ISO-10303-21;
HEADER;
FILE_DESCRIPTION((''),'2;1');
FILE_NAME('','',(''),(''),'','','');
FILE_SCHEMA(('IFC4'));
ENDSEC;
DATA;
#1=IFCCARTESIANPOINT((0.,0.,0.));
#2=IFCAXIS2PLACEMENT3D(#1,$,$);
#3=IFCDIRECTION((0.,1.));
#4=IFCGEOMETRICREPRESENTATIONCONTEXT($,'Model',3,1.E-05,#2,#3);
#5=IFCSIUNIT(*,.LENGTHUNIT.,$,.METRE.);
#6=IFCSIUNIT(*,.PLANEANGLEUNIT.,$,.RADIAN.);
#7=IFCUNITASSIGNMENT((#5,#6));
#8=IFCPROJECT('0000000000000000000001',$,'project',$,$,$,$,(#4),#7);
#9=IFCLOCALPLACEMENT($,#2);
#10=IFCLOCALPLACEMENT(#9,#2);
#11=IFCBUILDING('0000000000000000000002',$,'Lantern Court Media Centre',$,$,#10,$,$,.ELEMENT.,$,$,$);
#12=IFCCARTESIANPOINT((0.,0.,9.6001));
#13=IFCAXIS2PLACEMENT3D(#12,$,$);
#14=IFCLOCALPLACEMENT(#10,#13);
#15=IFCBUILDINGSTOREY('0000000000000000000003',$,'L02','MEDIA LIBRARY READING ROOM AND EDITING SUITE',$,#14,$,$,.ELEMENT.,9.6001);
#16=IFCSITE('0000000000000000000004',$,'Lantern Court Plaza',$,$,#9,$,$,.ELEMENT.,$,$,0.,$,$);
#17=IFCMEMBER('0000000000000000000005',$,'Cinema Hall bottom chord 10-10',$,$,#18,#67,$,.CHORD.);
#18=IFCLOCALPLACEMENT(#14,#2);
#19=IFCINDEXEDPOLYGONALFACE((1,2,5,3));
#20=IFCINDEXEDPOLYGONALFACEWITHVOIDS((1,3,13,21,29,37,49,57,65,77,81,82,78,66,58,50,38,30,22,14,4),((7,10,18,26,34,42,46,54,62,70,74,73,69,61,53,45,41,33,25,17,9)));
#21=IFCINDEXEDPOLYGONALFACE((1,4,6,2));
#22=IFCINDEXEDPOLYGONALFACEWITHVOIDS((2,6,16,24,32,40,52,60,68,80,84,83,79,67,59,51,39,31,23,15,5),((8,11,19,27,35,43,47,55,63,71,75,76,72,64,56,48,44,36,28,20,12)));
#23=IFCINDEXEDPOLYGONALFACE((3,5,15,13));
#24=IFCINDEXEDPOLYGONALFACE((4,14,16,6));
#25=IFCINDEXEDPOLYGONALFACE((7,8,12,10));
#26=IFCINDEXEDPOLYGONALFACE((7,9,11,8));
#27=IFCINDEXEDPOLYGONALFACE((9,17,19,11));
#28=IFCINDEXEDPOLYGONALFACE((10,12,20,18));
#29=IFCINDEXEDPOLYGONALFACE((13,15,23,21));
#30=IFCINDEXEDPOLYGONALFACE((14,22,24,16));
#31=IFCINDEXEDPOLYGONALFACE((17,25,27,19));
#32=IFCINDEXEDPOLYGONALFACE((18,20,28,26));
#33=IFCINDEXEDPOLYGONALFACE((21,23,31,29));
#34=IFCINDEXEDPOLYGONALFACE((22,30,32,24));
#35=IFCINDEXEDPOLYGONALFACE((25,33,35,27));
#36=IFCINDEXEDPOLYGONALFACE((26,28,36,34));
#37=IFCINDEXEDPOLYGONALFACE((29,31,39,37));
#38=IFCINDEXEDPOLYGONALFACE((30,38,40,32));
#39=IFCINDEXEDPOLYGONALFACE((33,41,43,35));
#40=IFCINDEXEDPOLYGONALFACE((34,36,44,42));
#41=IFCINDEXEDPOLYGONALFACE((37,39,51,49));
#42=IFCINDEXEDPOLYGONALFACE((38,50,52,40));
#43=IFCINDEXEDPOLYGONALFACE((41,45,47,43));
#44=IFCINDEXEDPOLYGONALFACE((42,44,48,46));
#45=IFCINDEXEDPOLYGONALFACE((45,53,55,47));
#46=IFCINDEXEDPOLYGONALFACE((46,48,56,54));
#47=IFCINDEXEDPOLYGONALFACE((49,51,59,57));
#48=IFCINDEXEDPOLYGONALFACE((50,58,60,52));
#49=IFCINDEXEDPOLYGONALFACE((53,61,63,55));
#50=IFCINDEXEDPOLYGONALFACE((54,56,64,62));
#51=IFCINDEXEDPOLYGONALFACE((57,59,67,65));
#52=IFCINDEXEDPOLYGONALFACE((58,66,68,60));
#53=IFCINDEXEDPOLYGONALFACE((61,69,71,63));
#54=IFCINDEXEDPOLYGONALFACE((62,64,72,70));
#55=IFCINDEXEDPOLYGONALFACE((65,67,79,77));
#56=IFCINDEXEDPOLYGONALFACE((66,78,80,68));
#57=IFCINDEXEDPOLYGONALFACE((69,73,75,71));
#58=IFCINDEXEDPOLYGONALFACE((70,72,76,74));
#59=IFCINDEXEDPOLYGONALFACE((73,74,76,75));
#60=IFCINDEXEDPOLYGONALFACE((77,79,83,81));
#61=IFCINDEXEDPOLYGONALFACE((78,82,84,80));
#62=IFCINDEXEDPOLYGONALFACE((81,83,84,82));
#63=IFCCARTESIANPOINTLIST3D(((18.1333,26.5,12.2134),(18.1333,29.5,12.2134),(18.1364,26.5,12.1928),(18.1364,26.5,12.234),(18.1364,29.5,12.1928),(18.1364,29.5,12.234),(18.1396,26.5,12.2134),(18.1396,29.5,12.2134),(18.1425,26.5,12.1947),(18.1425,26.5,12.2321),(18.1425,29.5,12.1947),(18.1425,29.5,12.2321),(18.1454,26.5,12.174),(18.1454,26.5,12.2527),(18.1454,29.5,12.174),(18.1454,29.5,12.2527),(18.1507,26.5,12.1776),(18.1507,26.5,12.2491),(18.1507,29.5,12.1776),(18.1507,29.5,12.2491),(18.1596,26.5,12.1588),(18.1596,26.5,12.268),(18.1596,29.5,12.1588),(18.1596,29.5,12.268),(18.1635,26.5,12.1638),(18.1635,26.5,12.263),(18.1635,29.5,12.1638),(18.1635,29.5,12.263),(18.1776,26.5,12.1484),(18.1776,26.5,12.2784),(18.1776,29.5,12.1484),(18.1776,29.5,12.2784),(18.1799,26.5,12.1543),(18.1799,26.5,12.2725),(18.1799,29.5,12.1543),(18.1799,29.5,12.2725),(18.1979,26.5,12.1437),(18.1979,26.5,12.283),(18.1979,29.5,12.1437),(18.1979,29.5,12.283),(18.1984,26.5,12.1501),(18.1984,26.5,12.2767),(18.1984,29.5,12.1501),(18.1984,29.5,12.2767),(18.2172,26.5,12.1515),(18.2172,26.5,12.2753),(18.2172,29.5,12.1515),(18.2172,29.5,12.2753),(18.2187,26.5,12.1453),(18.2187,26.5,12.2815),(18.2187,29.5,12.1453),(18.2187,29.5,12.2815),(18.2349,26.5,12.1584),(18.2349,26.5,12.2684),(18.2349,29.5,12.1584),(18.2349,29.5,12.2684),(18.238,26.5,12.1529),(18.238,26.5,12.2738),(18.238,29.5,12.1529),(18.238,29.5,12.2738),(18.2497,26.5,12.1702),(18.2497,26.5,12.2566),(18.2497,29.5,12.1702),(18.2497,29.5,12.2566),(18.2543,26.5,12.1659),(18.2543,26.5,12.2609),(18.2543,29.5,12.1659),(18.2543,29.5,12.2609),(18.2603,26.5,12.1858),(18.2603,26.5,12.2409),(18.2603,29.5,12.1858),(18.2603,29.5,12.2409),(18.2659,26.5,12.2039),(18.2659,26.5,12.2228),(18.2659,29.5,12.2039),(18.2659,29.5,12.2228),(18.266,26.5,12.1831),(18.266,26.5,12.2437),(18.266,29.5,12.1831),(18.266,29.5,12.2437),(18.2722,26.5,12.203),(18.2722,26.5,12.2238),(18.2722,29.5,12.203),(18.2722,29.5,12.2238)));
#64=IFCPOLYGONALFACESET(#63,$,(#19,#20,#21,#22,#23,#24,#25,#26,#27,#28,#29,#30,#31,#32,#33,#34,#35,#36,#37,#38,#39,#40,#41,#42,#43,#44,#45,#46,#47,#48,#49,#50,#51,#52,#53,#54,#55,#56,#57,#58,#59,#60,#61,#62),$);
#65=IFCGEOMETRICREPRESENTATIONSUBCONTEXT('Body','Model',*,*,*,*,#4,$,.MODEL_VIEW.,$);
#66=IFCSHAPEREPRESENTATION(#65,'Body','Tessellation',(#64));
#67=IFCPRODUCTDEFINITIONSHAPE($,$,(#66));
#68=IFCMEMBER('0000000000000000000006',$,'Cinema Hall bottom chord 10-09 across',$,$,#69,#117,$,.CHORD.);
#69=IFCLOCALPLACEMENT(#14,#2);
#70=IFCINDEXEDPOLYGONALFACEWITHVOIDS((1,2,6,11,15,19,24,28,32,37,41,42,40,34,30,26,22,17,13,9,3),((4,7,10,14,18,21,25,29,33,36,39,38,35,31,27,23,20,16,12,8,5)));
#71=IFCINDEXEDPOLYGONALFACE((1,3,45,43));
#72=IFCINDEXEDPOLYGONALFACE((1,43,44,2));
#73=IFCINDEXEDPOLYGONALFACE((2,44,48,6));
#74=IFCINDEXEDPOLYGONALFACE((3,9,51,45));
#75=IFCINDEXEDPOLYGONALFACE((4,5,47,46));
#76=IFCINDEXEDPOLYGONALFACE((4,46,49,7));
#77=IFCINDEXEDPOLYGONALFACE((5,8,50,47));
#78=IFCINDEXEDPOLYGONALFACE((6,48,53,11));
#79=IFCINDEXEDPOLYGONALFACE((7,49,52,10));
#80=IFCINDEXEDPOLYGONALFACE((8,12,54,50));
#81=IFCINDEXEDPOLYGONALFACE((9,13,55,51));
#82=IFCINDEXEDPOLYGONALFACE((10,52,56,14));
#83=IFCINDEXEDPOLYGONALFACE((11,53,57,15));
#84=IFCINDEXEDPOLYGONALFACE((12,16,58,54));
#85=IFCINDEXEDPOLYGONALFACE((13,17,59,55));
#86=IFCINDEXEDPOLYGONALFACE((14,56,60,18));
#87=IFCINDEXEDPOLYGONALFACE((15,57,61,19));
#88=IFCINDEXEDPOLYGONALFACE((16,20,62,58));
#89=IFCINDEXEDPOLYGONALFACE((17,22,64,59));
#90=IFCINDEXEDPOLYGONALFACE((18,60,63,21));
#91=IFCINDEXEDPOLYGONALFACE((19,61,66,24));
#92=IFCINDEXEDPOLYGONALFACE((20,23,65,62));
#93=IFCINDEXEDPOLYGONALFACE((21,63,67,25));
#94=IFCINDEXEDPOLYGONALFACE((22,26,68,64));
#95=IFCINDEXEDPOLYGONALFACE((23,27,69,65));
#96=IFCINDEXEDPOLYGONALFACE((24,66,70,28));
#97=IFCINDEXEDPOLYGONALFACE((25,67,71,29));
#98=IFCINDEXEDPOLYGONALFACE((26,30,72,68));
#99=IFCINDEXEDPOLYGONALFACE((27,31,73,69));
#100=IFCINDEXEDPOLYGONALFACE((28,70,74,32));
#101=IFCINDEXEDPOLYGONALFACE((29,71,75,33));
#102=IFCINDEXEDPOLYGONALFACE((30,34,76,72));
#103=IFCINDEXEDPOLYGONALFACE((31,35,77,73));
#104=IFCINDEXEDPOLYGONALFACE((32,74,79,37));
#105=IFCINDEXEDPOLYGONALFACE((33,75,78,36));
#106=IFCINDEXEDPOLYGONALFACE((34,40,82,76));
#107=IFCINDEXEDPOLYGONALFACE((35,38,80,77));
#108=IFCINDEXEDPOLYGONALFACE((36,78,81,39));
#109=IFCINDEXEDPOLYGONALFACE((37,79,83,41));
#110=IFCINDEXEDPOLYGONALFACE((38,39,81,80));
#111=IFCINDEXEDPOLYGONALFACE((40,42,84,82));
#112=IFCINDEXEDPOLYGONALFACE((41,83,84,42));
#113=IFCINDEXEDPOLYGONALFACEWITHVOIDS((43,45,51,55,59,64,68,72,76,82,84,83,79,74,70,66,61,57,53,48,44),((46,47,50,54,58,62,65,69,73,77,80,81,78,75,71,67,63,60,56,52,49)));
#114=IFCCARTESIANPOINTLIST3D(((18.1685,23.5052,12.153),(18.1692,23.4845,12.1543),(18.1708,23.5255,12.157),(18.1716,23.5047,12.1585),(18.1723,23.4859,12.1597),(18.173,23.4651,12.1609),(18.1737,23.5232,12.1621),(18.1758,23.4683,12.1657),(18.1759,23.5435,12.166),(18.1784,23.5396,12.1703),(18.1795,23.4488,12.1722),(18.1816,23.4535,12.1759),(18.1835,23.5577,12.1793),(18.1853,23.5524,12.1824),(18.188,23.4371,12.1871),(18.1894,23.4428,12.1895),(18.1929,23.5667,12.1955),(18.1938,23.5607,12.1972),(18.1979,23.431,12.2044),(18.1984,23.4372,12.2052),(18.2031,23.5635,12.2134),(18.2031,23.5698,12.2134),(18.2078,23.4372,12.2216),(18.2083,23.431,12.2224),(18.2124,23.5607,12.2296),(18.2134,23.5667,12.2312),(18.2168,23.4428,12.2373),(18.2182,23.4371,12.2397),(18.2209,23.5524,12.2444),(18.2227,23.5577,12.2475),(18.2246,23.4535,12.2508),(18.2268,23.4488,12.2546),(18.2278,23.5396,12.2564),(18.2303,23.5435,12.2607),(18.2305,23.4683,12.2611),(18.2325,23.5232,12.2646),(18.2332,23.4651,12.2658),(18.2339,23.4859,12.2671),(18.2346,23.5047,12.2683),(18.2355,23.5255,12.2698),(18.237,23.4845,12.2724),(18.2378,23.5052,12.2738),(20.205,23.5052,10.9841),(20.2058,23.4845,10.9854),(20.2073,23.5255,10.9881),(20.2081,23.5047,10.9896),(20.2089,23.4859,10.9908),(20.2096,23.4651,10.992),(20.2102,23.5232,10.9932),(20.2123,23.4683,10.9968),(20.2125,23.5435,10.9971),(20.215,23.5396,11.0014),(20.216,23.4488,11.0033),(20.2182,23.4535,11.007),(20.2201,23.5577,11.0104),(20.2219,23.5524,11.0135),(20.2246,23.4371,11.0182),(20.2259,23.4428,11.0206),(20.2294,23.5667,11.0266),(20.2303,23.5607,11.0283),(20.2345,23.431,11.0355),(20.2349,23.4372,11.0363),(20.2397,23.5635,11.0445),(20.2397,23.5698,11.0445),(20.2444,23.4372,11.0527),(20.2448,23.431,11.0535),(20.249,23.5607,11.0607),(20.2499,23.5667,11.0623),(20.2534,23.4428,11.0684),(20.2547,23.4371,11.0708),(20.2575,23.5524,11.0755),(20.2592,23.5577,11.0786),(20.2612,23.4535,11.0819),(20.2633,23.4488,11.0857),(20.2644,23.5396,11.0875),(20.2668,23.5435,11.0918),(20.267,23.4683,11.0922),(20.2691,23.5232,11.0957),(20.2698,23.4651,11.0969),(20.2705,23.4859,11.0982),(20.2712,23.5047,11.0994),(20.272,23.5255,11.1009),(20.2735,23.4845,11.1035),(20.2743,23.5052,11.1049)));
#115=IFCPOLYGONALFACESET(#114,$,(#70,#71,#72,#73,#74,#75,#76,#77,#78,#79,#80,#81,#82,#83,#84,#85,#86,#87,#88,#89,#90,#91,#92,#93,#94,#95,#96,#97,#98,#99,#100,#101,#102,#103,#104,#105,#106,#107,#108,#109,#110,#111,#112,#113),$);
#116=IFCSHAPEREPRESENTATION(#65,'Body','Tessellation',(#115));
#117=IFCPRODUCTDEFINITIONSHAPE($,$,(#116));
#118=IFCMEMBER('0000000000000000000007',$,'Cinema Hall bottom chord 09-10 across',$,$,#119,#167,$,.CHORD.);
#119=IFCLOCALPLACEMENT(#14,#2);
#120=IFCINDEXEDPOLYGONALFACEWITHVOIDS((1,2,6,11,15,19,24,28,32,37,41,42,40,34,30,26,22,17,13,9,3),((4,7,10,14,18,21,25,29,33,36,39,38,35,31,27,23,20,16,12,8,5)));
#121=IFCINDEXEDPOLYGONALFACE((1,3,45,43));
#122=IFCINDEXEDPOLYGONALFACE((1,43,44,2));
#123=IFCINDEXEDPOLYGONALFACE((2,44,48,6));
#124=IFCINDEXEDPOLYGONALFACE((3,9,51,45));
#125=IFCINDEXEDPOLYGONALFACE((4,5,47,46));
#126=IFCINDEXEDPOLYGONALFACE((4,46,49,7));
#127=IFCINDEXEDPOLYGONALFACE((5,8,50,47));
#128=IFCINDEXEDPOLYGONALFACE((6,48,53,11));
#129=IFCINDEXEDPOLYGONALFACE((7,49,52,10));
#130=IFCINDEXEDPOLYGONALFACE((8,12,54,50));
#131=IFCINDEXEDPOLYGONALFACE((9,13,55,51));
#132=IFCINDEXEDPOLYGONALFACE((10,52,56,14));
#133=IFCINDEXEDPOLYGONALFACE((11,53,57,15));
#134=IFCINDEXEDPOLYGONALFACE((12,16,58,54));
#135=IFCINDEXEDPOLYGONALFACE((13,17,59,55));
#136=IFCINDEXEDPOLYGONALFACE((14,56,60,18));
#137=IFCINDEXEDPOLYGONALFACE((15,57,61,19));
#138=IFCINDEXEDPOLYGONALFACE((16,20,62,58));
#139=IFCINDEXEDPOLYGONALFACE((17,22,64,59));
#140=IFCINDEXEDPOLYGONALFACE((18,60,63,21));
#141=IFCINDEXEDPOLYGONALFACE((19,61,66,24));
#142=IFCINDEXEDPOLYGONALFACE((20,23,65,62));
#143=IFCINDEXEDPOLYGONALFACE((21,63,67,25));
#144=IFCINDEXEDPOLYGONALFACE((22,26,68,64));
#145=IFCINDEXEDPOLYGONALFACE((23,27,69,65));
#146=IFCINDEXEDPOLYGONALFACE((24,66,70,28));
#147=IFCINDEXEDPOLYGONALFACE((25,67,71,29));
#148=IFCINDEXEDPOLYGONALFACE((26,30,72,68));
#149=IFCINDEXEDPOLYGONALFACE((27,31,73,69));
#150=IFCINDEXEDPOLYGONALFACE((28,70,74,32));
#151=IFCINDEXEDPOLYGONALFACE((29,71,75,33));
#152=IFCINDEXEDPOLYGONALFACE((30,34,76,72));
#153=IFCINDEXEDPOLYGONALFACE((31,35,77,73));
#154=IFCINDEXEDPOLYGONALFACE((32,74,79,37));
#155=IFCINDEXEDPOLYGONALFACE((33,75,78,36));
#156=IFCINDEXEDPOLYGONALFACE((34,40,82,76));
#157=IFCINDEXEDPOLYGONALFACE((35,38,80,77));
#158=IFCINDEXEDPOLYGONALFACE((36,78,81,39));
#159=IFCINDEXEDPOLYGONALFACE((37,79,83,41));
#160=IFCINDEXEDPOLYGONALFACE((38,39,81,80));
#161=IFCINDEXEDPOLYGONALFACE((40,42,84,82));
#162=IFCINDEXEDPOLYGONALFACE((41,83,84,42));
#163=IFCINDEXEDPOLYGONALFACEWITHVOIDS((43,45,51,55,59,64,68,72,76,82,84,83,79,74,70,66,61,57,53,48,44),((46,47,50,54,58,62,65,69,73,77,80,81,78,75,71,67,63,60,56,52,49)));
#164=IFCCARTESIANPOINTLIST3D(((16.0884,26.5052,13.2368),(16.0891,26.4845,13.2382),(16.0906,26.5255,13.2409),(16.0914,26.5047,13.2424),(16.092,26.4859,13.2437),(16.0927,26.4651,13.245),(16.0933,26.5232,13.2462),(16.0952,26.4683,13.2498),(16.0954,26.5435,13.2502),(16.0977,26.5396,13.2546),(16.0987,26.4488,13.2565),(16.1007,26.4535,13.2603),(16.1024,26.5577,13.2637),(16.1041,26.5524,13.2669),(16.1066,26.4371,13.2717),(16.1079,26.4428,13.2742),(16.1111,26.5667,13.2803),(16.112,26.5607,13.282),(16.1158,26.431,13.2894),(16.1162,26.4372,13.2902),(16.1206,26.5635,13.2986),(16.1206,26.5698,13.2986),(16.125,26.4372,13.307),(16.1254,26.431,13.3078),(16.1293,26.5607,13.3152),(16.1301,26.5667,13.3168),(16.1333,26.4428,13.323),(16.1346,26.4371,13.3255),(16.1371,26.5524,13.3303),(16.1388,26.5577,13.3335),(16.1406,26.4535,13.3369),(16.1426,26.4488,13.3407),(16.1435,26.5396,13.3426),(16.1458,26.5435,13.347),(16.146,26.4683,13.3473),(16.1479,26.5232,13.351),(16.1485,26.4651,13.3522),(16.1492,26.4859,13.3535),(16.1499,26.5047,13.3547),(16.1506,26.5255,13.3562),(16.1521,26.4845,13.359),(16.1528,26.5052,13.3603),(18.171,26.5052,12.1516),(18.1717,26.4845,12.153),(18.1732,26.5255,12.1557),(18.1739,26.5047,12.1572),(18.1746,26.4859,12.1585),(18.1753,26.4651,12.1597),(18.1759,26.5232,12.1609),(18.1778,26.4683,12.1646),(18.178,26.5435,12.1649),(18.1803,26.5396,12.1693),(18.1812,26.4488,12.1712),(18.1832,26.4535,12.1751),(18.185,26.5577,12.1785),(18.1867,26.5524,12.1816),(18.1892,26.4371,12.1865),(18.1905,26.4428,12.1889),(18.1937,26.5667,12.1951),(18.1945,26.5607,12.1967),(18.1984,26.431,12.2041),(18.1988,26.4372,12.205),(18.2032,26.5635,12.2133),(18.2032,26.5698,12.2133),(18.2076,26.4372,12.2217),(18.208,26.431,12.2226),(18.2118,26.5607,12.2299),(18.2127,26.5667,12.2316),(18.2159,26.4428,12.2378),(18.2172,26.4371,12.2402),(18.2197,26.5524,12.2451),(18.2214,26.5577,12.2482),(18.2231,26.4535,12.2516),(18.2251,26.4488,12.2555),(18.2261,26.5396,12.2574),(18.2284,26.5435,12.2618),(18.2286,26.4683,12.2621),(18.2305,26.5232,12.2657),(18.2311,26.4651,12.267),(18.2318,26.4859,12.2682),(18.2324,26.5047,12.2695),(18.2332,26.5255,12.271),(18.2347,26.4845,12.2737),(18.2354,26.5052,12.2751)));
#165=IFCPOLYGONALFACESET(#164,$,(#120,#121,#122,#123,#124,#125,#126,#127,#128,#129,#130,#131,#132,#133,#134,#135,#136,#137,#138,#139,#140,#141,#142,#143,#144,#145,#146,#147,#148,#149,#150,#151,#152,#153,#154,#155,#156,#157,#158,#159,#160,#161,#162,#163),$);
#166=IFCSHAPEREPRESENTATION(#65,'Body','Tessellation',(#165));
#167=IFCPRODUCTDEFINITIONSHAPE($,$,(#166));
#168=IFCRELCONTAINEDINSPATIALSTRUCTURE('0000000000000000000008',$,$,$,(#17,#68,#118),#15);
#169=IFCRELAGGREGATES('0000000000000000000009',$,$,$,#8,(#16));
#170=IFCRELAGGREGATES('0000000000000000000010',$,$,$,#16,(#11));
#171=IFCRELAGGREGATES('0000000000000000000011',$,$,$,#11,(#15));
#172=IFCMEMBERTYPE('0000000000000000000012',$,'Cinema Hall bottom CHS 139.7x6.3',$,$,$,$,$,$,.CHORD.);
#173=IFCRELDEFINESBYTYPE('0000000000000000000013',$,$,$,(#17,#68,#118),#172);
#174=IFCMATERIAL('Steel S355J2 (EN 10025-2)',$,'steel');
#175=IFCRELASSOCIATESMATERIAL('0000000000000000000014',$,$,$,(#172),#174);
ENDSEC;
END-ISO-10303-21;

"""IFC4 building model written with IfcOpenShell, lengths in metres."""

from ifc_helpers import new_model, si_unit, direction, frame, origin, origin_2d, place, context, subcontext, project, spatial, hollow_circle, extrude, material, material_profile, profile_set, type_object, element, save


model = new_model("IFC4")

# Units and contexts
model_context = context("Model", 3, precision=1e-05, world=origin(), true_north=direction((0.0, 1.0)))
body_context = subcontext(model_context, "Body", "Model", "MODEL_VIEW")
ifc_project = project(units=[si_unit("LENGTHUNIT", "METRE"), si_unit("PLANEANGLEUNIT", "RADIAN")], contexts=[model_context])

# Site, building, storey
site_placement = place(None, origin())
site = spatial("IfcSite", under=ifc_project, at=site_placement, Name="Lantern Court Plaza", CompositionType="ELEMENT", RefElevation=0.0)
building_placement = place(site_placement, origin())
building = spatial("IfcBuilding", under=site, at=building_placement, Name="Lantern Court Media Centre", CompositionType="ELEMENT")
storey_placement = place(building_placement, frame((0.0, 0.0, 9.6001)))
storey = spatial("IfcBuildingStorey", under=building, at=storey_placement, Name="L02", Description="MEDIA LIBRARY READING ROOM AND EDITING SUITE", CompositionType="ELEMENT", Elevation=9.6001)

# Members
ifc_material = material(Name="Steel S355J2 (EN 10025-2)", Category="steel")
ifc_material_profile_1 = material_profile(ifc_material, hollow_circle(Radius=0.0698, WallThickness=0.0063, at=origin_2d()), Name="Cinema Hall bottom CHS 139.7x6.3")
ifc_profile_set_1 = profile_set([ifc_material_profile_1], Name="Steel S355J2 (EN 10025-2)")
member_type_1 = type_object("IfcMemberType", Name="Cinema Hall bottom CHS 139.7x6.3", PredefinedType="CHORD", material=ifc_profile_set_1)
for number, where, z_axis, x_axis, name in (
    (1, (18.2031, 26.5, 12.2134), (0.0, 1.0, 0.0), (-1.0, 0.0, 0.0), "Cinema Hall bottom chord 10-10"),
):
    element("IfcMember", number, at=place(storey_placement, frame(where, z_axis=z_axis, x_axis=x_axis)), inside=storey, type_object=member_type_1, Name=name, PredefinedType="CHORD", context=body_context, shape_type="SweptSolid", body=[
        extrude(hollow_circle(Radius=0.0698, WallThickness=0.0063, at=origin_2d()), origin(), (0.0, 0.0, 1.0), 3.0),
    ])
member_1_placement = place(storey_placement, frame((18.2031, 23.5, 12.2134), z_axis=(0.867295, 0.0, -0.497795), x_axis=(0.0, 1.0, 0.0)))
element("IfcMember", 2, at=member_1_placement, inside=storey, type_object=member_type_1, Name="Cinema Hall bottom chord 10-09 across", PredefinedType="CHORD", context=body_context, shape_type="SweptSolid", body=[
    extrude(hollow_circle(Radius=0.0698, WallThickness=0.0063, at=origin_2d()), origin(), (0.0, 0.0, 1.0), 2.3481),
])
member_2_placement = place(storey_placement, frame((16.1206, 26.5, 13.2986), z_axis=(0.886816, 0.0, -0.462122), x_axis=(0.0, 1.0, 0.0)))
element("IfcMember", 3, at=member_2_placement, inside=storey, type_object=member_type_1, Name="Cinema Hall bottom chord 09-10 across", PredefinedType="CHORD", context=body_context, shape_type="SweptSolid", body=[
    extrude(hollow_circle(Radius=0.0698, WallThickness=0.0063, at=origin_2d()), origin(), (0.0, 0.0, 1.0), 2.3484),
])

save(model, "model.ifc")
